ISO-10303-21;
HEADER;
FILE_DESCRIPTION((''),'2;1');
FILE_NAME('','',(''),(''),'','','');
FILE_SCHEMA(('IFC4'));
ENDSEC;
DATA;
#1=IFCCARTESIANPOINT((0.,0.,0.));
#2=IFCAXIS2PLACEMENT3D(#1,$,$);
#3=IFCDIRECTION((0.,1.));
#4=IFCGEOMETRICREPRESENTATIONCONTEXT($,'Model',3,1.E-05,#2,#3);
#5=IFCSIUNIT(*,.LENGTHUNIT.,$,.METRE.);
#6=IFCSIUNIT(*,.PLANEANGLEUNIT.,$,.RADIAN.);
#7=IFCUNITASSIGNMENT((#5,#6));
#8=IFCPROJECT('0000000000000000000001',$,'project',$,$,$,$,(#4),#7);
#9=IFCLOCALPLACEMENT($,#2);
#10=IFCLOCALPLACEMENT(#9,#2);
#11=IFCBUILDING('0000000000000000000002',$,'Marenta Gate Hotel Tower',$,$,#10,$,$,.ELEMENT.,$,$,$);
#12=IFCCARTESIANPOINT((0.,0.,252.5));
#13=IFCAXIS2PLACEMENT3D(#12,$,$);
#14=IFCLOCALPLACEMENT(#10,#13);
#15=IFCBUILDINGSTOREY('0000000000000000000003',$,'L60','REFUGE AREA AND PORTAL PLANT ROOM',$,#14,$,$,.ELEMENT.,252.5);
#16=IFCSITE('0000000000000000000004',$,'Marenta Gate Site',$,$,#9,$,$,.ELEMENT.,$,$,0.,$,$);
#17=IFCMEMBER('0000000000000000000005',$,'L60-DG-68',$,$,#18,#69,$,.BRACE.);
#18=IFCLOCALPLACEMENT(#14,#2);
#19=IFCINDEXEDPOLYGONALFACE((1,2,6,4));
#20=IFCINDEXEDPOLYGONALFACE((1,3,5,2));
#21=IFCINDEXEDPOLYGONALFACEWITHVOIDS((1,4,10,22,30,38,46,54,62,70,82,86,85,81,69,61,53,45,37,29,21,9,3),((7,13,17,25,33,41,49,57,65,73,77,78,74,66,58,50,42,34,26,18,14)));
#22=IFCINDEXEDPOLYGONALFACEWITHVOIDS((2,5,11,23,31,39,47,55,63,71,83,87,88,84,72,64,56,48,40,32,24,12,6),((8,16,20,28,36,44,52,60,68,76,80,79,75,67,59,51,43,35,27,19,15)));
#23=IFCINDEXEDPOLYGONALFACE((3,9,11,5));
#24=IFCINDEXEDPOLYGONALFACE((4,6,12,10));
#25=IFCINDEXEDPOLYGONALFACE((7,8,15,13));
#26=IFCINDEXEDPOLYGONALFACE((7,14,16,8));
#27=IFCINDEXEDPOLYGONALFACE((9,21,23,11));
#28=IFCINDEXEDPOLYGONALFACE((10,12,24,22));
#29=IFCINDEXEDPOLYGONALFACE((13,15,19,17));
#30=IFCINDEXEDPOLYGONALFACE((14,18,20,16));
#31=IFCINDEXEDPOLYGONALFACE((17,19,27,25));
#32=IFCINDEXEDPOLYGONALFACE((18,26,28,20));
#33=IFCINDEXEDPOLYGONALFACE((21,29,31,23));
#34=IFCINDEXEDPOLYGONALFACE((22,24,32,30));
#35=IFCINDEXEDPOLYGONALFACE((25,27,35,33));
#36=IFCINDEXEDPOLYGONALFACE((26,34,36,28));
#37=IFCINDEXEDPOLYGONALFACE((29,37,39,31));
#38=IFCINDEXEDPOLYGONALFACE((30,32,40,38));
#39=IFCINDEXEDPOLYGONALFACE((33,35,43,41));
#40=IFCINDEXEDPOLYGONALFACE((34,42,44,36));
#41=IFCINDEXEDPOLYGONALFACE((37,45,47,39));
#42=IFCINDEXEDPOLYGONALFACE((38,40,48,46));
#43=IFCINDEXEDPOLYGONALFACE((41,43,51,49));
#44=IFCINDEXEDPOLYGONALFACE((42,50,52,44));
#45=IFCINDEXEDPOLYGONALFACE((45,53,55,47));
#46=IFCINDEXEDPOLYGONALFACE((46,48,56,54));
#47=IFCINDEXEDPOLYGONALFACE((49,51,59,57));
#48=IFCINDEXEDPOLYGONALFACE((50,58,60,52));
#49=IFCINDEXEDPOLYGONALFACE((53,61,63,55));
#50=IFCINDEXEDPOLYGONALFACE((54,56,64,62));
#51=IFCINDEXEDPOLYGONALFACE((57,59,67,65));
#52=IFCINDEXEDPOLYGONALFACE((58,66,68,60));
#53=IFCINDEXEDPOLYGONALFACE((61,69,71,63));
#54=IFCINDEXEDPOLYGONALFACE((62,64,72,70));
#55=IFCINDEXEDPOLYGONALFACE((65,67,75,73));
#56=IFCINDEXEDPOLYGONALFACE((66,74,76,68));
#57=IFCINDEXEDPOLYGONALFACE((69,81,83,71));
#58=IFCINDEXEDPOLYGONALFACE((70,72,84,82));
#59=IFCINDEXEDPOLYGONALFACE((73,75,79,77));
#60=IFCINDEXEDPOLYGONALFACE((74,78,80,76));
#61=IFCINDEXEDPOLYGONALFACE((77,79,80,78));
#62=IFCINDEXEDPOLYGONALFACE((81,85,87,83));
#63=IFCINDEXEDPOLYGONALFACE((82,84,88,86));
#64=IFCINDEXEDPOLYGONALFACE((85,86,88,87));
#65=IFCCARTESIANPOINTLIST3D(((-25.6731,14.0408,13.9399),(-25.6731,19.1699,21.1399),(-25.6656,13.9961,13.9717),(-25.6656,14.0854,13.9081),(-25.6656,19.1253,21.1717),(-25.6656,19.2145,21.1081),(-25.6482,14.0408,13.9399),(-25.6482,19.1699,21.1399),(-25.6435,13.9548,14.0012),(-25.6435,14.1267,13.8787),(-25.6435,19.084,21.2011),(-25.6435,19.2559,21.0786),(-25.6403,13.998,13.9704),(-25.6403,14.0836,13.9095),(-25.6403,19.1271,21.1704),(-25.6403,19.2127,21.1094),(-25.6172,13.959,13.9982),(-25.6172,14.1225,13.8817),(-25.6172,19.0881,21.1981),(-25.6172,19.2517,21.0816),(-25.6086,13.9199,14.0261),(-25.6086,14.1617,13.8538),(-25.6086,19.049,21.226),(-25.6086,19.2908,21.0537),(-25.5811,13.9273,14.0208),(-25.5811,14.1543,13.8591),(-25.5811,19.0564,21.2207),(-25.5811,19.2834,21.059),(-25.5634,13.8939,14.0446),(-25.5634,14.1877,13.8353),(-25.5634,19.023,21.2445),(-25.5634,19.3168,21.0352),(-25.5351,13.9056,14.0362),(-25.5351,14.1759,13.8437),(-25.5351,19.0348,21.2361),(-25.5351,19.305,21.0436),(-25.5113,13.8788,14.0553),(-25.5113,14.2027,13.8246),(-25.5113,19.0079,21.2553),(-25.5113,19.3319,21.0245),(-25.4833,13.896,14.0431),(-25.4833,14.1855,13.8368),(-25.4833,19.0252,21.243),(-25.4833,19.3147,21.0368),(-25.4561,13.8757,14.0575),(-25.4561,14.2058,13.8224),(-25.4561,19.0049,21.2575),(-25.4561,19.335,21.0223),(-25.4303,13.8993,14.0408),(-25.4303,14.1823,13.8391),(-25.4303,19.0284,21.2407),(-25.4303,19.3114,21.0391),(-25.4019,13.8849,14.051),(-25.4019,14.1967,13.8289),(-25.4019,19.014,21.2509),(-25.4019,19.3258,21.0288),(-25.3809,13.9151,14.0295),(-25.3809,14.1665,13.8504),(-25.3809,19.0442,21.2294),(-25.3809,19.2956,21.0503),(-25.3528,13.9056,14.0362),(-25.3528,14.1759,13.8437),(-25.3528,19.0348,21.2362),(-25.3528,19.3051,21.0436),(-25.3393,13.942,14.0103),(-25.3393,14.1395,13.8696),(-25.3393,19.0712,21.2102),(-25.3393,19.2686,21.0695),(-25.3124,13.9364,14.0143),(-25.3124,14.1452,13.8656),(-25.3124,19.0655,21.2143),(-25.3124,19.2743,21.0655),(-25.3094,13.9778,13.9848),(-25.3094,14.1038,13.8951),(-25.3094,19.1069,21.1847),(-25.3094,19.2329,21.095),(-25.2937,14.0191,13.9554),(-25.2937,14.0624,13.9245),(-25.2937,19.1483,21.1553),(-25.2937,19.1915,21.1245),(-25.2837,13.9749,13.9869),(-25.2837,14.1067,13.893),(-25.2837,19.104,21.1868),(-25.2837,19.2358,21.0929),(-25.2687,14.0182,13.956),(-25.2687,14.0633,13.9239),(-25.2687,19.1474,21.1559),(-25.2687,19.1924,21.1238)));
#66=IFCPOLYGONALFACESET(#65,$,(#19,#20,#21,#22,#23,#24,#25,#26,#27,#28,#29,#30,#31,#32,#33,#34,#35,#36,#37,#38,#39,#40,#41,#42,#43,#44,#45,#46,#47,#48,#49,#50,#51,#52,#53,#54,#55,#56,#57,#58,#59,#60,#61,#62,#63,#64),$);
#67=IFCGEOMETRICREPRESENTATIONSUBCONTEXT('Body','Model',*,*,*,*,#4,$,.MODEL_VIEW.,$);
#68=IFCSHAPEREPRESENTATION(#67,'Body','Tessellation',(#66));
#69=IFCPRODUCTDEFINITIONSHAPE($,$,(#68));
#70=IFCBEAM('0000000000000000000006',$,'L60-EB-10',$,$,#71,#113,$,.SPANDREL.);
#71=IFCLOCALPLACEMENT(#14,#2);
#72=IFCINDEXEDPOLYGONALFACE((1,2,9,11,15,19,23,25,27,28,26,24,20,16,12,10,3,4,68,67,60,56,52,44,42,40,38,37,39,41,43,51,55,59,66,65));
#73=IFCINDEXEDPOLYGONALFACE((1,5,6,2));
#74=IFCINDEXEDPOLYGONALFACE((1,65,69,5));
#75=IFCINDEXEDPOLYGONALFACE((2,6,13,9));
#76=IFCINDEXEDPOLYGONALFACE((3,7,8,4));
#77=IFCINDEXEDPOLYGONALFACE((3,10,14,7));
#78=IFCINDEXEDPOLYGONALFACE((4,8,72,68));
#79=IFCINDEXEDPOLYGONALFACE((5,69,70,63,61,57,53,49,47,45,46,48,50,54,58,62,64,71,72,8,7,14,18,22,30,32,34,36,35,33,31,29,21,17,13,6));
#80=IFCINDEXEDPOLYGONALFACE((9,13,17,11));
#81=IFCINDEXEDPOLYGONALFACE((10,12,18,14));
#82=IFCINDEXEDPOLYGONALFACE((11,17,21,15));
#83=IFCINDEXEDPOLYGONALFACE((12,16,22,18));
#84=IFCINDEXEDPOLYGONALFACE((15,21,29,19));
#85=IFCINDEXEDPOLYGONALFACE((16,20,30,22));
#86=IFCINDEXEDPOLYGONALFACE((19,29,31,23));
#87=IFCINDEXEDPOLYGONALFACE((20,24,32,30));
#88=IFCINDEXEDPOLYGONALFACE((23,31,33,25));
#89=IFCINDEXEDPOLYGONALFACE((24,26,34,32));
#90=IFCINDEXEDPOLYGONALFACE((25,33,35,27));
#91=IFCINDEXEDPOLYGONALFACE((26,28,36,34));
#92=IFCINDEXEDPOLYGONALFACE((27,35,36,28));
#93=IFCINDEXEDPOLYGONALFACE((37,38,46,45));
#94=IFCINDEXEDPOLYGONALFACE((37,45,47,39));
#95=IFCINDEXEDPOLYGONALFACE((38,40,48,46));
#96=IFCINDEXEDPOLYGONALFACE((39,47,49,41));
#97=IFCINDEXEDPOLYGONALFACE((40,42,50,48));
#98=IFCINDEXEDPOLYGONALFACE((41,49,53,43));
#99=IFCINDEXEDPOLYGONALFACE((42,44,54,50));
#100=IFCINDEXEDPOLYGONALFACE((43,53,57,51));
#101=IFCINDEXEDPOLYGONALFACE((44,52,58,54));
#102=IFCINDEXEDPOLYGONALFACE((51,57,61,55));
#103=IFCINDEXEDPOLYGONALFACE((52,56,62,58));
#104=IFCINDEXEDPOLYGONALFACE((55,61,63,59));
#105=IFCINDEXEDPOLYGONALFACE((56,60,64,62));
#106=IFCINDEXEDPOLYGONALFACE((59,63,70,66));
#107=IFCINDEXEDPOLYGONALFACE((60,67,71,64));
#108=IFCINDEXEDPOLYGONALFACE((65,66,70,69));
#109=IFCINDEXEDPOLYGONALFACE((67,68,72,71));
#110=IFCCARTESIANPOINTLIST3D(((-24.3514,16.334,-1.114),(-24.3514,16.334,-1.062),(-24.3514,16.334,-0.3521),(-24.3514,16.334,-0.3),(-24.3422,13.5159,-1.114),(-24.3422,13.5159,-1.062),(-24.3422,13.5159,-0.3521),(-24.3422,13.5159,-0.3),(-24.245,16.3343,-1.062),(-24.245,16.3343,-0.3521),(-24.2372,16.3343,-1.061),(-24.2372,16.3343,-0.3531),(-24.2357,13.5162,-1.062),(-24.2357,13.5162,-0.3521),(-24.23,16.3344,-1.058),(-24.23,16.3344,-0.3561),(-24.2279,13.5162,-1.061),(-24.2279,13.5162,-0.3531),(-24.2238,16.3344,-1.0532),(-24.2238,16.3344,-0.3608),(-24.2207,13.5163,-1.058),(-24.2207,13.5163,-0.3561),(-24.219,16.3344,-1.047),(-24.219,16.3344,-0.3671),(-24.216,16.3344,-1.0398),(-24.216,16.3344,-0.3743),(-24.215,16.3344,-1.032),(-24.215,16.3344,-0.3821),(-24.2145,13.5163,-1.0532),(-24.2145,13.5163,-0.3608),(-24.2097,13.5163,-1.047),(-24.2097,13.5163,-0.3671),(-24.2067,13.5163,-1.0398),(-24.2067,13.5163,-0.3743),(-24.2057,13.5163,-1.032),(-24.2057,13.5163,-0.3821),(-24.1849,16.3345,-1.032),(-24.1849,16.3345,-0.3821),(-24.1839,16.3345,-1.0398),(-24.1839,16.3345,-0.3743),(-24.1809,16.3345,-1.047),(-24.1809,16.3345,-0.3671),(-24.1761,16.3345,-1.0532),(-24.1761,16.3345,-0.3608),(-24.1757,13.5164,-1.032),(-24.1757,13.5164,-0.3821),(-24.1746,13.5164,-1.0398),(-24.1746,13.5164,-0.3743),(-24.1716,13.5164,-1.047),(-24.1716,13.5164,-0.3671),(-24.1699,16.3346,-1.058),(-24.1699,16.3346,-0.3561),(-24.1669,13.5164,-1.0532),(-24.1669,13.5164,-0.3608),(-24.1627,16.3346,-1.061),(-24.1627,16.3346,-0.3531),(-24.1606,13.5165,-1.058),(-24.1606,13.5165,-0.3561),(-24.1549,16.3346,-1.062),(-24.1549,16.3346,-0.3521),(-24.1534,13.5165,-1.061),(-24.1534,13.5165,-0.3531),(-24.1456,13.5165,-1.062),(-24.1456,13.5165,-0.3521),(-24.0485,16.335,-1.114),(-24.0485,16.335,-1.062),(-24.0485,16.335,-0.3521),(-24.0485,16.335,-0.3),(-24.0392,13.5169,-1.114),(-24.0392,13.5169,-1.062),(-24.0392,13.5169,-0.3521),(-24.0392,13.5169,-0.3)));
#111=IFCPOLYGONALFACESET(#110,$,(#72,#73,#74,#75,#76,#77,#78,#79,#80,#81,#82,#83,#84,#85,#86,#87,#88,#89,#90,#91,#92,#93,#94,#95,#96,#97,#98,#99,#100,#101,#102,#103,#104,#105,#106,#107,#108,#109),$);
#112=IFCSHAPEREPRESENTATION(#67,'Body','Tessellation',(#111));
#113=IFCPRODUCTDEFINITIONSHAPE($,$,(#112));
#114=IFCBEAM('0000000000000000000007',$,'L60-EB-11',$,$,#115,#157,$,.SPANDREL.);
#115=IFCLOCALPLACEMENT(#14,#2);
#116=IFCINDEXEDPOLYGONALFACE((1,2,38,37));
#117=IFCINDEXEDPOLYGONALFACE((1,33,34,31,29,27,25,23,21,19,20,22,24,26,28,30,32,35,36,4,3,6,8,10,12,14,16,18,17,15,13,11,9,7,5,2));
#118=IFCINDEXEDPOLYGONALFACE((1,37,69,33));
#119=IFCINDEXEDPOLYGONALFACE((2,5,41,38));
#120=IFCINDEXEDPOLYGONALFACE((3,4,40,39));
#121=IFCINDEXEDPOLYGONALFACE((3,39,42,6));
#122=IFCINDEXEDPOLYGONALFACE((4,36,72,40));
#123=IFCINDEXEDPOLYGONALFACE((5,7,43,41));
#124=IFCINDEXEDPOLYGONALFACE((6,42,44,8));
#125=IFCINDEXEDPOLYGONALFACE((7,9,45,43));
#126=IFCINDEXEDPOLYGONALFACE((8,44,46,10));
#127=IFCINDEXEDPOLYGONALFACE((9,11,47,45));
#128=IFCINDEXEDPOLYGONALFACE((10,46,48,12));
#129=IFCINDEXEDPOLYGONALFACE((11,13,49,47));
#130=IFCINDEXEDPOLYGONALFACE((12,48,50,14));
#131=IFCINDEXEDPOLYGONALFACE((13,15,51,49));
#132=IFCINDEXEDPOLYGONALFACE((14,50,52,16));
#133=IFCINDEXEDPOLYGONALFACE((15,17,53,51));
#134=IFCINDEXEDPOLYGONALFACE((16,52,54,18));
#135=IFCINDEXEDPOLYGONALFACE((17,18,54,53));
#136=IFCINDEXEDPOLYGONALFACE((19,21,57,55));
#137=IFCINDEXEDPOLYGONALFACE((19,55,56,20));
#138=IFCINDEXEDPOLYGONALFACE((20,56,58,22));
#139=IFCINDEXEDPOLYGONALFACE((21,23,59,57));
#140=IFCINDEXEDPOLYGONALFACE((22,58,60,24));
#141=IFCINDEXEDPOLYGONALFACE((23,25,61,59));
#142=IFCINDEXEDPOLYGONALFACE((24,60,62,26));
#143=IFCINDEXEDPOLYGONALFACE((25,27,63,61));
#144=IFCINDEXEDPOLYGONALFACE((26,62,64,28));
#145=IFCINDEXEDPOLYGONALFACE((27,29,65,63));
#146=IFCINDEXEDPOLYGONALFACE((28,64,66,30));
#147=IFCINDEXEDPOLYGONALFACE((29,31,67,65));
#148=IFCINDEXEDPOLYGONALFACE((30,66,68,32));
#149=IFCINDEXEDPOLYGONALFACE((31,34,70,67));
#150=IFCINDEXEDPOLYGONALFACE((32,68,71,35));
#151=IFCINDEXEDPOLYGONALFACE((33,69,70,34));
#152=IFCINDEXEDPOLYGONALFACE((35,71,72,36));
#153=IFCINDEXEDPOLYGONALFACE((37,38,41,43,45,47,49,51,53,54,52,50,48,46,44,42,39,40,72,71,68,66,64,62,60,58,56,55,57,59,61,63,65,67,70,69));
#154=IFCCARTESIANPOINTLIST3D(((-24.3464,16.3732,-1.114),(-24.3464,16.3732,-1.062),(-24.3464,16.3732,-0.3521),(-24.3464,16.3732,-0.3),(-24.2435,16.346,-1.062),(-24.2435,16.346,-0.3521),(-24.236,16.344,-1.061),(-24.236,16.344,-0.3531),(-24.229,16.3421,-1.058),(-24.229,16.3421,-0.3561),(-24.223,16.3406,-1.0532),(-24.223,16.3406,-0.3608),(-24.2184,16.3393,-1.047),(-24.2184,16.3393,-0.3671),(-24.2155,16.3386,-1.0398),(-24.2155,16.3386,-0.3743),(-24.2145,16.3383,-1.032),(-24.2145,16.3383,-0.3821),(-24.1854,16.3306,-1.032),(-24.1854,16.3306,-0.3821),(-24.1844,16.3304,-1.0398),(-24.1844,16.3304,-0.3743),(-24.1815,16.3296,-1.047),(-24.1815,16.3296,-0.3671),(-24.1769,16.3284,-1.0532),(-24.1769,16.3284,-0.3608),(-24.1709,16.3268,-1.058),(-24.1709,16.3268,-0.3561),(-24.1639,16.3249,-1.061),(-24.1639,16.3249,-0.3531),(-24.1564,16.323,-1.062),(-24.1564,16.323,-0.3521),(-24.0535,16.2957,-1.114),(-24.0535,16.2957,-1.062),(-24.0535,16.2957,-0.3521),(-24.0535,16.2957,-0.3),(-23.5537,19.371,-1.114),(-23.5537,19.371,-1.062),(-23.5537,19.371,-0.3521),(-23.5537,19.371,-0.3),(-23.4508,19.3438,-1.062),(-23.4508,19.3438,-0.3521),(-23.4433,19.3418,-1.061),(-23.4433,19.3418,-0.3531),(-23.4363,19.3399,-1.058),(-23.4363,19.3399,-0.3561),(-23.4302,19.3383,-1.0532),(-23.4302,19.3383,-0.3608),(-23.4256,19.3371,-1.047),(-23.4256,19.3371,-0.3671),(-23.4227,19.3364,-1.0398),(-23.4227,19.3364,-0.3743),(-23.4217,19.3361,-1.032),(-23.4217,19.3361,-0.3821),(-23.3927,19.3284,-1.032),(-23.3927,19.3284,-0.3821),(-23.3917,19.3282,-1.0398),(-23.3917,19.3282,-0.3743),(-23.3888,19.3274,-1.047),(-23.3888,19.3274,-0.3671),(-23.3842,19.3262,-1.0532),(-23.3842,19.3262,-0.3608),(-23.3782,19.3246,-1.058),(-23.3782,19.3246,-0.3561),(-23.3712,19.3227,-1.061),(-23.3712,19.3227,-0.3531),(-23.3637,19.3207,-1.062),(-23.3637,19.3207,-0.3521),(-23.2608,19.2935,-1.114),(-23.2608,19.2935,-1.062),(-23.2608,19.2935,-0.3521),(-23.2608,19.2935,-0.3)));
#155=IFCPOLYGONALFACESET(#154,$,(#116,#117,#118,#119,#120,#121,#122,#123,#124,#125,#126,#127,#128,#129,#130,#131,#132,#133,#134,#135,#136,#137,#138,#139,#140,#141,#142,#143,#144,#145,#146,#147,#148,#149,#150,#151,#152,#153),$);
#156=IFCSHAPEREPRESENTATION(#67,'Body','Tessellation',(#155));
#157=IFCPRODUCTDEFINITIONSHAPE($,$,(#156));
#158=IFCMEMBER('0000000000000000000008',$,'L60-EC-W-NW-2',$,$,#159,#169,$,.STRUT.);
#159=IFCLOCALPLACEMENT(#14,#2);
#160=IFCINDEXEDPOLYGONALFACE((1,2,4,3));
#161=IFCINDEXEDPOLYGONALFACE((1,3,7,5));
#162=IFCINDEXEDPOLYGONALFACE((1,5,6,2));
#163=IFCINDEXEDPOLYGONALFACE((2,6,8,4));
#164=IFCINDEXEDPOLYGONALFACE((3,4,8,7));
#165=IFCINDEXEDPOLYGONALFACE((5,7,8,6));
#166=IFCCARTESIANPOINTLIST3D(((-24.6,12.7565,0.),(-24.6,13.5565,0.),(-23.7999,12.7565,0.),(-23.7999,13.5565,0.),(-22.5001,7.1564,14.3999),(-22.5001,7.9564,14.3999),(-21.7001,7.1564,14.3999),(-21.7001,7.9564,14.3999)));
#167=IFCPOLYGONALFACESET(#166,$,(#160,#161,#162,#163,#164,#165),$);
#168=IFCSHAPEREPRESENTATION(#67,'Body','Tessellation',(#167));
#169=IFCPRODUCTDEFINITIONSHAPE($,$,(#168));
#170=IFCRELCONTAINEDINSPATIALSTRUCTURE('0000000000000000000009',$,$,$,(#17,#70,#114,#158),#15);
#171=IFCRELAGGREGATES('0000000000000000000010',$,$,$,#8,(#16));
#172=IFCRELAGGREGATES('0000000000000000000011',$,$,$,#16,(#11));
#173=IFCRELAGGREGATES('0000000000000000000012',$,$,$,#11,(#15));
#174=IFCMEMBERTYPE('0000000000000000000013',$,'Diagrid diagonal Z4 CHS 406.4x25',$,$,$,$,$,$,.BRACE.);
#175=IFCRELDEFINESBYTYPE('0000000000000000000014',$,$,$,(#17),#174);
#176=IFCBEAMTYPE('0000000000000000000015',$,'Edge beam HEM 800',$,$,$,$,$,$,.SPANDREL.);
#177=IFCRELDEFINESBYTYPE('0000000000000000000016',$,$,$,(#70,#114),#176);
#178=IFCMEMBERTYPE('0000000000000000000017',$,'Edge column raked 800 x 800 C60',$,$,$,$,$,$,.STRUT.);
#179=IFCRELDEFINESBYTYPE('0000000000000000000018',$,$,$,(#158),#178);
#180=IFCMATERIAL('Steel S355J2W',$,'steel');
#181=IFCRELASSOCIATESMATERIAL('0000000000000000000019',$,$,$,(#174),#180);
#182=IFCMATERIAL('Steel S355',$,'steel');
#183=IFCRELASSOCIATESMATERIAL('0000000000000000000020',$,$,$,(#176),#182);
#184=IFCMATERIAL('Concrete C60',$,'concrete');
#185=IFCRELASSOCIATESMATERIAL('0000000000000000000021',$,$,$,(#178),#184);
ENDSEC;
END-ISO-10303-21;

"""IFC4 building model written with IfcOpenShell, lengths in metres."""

from ifc_helpers import new_model, si_unit, direction, frame, origin, origin_2d, place, context, subcontext, project, spatial, rectangle, hollow_circle, i_section, extrude, material, material_profile, profile_set, type_object, element, save


model = new_model("IFC4")

# Units and contexts
model_context = context("Model", 3, precision=1e-05, world=origin(), true_north=direction((0.0, 1.0)))
body_context = subcontext(model_context, "Body", "Model", "MODEL_VIEW")
ifc_project = project(units=[si_unit("LENGTHUNIT", "METRE"), si_unit("PLANEANGLEUNIT", "RADIAN")], contexts=[model_context])

# Site, building, storey
site_placement = place(None, origin())
site = spatial("IfcSite", under=ifc_project, at=site_placement, Name="Marenta Gate Site", CompositionType="ELEMENT", RefElevation=0.0)
building_placement = place(site_placement, origin())
building = spatial("IfcBuilding", under=site, at=building_placement, Name="Marenta Gate Hotel Tower", CompositionType="ELEMENT")
storey_placement = place(building_placement, frame((0.0, 0.0, 252.5)))
storey = spatial("IfcBuildingStorey", under=building, at=storey_placement, Name="L60", Description="REFUGE AREA AND PORTAL PLANT ROOM", CompositionType="ELEMENT", Elevation=252.5)

# Member
ifc_material_1 = material(Name="Steel S355J2W", Category="steel")
ifc_material_profile_1 = material_profile(ifc_material_1, hollow_circle(Radius=0.2031, WallThickness=0.0249, at=origin_2d()), Name="CHS 406.4x25")
ifc_profile_set_1 = profile_set([ifc_material_profile_1], Name="Steel S355J2W")
member_type_1 = type_object("IfcMemberType", Name="Diagrid diagonal Z4 CHS 406.4x25", PredefinedType="BRACE", material=ifc_profile_set_1)
member_1_placement = place(storey_placement, frame((-25.47, 14.0408, 13.9399), z_axis=(0.0, 0.580214, 0.814464), x_axis=(-1.0, 0.0, 0.0)))
element("IfcMember", 1, at=member_1_placement, inside=storey, type_object=member_type_1, Name="L60-DG-68", PredefinedType="BRACE", context=body_context, shape_type="SweptSolid", body=[
    extrude(hollow_circle(Radius=0.2031, WallThickness=0.0249, at=origin_2d()), origin(), (0.0, 0.0, 1.0), 8.8401),
])

# Beams
ifc_material_2 = material(Name="Steel S355", Category="steel")
ifc_material_profile_2 = material_profile(ifc_material_2, i_section(OverallWidth=0.303, OverallDepth=0.814, WebThickness=0.03, FlangeThickness=0.052, FilletRadius=0.03, at=origin_2d()), Name="HEM 800")
ifc_profile_set_2 = profile_set([ifc_material_profile_2], Name="Steel S355")
beam_type_1 = type_object("IfcBeamType", Name="Edge beam HEM 800", PredefinedType="SPANDREL", material=ifc_profile_set_2)
beam_1_placement = place(storey_placement, frame((-24.1907, 13.5164, -0.707), z_axis=(-0.003292, 0.999995, 0.0), x_axis=(-0.999995, -0.003292, 0.0)))
element("IfcBeam", 2, at=beam_1_placement, inside=storey, type_object=beam_type_1, Name="L60-EB-10", PredefinedType="SPANDREL", context=body_context, shape_type="SweptSolid", body=[
    extrude(i_section(OverallWidth=0.303, OverallDepth=0.814, WebThickness=0.03, FlangeThickness=0.052, FilletRadius=0.03, at=origin_2d()), origin(), (0.0, 0.0, 1.0), 2.8181),
])
beam_2_placement = place(storey_placement, frame((-24.2, 16.3345, -0.707), z_axis=(0.255648, 0.96677, 0.0), x_axis=(-0.96677, 0.255648, 0.0)))
element("IfcBeam", 3, at=beam_2_placement, inside=storey, type_object=beam_type_1, Name="L60-EB-11", PredefinedType="SPANDREL", context=body_context, shape_type="SweptSolid", body=[
    extrude(i_section(OverallWidth=0.303, OverallDepth=0.814, WebThickness=0.03, FlangeThickness=0.052, FilletRadius=0.03, at=origin_2d()), origin(), (0.0, 0.0, 1.0), 3.1008),
])

# Member
ifc_material_3 = material(Name="Concrete C60", Category="concrete")
ifc_material_profile_3 = material_profile(ifc_material_3, rectangle(XDim=0.8, YDim=0.8, at=origin_2d()), Name="800 x 800")
ifc_profile_set_3 = profile_set([ifc_material_profile_3], Name="Concrete C60")
member_type_2 = type_object("IfcMemberType", Name="Edge column raked 800 x 800 C60", PredefinedType="STRUT", material=ifc_profile_set_3)
member_2_placement = place(storey_placement, frame((-24.2, 13.1565, 0.0), z_axis=(0.0, 0.0, 1.0), x_axis=(1.0, 0.0, 0.0)))
element("IfcMember", 4, at=member_2_placement, inside=storey, type_object=member_type_2, Name="L60-EC-W-NW-2", PredefinedType="STRUT", context=body_context, shape_type="SweptSolid", body=[
    extrude(rectangle(XDim=0.8, YDim=0.8, at=origin_2d()), origin(), (0.13467, -0.359152, 0.923512), 15.5925),
])

save(model, "model.ifc")
